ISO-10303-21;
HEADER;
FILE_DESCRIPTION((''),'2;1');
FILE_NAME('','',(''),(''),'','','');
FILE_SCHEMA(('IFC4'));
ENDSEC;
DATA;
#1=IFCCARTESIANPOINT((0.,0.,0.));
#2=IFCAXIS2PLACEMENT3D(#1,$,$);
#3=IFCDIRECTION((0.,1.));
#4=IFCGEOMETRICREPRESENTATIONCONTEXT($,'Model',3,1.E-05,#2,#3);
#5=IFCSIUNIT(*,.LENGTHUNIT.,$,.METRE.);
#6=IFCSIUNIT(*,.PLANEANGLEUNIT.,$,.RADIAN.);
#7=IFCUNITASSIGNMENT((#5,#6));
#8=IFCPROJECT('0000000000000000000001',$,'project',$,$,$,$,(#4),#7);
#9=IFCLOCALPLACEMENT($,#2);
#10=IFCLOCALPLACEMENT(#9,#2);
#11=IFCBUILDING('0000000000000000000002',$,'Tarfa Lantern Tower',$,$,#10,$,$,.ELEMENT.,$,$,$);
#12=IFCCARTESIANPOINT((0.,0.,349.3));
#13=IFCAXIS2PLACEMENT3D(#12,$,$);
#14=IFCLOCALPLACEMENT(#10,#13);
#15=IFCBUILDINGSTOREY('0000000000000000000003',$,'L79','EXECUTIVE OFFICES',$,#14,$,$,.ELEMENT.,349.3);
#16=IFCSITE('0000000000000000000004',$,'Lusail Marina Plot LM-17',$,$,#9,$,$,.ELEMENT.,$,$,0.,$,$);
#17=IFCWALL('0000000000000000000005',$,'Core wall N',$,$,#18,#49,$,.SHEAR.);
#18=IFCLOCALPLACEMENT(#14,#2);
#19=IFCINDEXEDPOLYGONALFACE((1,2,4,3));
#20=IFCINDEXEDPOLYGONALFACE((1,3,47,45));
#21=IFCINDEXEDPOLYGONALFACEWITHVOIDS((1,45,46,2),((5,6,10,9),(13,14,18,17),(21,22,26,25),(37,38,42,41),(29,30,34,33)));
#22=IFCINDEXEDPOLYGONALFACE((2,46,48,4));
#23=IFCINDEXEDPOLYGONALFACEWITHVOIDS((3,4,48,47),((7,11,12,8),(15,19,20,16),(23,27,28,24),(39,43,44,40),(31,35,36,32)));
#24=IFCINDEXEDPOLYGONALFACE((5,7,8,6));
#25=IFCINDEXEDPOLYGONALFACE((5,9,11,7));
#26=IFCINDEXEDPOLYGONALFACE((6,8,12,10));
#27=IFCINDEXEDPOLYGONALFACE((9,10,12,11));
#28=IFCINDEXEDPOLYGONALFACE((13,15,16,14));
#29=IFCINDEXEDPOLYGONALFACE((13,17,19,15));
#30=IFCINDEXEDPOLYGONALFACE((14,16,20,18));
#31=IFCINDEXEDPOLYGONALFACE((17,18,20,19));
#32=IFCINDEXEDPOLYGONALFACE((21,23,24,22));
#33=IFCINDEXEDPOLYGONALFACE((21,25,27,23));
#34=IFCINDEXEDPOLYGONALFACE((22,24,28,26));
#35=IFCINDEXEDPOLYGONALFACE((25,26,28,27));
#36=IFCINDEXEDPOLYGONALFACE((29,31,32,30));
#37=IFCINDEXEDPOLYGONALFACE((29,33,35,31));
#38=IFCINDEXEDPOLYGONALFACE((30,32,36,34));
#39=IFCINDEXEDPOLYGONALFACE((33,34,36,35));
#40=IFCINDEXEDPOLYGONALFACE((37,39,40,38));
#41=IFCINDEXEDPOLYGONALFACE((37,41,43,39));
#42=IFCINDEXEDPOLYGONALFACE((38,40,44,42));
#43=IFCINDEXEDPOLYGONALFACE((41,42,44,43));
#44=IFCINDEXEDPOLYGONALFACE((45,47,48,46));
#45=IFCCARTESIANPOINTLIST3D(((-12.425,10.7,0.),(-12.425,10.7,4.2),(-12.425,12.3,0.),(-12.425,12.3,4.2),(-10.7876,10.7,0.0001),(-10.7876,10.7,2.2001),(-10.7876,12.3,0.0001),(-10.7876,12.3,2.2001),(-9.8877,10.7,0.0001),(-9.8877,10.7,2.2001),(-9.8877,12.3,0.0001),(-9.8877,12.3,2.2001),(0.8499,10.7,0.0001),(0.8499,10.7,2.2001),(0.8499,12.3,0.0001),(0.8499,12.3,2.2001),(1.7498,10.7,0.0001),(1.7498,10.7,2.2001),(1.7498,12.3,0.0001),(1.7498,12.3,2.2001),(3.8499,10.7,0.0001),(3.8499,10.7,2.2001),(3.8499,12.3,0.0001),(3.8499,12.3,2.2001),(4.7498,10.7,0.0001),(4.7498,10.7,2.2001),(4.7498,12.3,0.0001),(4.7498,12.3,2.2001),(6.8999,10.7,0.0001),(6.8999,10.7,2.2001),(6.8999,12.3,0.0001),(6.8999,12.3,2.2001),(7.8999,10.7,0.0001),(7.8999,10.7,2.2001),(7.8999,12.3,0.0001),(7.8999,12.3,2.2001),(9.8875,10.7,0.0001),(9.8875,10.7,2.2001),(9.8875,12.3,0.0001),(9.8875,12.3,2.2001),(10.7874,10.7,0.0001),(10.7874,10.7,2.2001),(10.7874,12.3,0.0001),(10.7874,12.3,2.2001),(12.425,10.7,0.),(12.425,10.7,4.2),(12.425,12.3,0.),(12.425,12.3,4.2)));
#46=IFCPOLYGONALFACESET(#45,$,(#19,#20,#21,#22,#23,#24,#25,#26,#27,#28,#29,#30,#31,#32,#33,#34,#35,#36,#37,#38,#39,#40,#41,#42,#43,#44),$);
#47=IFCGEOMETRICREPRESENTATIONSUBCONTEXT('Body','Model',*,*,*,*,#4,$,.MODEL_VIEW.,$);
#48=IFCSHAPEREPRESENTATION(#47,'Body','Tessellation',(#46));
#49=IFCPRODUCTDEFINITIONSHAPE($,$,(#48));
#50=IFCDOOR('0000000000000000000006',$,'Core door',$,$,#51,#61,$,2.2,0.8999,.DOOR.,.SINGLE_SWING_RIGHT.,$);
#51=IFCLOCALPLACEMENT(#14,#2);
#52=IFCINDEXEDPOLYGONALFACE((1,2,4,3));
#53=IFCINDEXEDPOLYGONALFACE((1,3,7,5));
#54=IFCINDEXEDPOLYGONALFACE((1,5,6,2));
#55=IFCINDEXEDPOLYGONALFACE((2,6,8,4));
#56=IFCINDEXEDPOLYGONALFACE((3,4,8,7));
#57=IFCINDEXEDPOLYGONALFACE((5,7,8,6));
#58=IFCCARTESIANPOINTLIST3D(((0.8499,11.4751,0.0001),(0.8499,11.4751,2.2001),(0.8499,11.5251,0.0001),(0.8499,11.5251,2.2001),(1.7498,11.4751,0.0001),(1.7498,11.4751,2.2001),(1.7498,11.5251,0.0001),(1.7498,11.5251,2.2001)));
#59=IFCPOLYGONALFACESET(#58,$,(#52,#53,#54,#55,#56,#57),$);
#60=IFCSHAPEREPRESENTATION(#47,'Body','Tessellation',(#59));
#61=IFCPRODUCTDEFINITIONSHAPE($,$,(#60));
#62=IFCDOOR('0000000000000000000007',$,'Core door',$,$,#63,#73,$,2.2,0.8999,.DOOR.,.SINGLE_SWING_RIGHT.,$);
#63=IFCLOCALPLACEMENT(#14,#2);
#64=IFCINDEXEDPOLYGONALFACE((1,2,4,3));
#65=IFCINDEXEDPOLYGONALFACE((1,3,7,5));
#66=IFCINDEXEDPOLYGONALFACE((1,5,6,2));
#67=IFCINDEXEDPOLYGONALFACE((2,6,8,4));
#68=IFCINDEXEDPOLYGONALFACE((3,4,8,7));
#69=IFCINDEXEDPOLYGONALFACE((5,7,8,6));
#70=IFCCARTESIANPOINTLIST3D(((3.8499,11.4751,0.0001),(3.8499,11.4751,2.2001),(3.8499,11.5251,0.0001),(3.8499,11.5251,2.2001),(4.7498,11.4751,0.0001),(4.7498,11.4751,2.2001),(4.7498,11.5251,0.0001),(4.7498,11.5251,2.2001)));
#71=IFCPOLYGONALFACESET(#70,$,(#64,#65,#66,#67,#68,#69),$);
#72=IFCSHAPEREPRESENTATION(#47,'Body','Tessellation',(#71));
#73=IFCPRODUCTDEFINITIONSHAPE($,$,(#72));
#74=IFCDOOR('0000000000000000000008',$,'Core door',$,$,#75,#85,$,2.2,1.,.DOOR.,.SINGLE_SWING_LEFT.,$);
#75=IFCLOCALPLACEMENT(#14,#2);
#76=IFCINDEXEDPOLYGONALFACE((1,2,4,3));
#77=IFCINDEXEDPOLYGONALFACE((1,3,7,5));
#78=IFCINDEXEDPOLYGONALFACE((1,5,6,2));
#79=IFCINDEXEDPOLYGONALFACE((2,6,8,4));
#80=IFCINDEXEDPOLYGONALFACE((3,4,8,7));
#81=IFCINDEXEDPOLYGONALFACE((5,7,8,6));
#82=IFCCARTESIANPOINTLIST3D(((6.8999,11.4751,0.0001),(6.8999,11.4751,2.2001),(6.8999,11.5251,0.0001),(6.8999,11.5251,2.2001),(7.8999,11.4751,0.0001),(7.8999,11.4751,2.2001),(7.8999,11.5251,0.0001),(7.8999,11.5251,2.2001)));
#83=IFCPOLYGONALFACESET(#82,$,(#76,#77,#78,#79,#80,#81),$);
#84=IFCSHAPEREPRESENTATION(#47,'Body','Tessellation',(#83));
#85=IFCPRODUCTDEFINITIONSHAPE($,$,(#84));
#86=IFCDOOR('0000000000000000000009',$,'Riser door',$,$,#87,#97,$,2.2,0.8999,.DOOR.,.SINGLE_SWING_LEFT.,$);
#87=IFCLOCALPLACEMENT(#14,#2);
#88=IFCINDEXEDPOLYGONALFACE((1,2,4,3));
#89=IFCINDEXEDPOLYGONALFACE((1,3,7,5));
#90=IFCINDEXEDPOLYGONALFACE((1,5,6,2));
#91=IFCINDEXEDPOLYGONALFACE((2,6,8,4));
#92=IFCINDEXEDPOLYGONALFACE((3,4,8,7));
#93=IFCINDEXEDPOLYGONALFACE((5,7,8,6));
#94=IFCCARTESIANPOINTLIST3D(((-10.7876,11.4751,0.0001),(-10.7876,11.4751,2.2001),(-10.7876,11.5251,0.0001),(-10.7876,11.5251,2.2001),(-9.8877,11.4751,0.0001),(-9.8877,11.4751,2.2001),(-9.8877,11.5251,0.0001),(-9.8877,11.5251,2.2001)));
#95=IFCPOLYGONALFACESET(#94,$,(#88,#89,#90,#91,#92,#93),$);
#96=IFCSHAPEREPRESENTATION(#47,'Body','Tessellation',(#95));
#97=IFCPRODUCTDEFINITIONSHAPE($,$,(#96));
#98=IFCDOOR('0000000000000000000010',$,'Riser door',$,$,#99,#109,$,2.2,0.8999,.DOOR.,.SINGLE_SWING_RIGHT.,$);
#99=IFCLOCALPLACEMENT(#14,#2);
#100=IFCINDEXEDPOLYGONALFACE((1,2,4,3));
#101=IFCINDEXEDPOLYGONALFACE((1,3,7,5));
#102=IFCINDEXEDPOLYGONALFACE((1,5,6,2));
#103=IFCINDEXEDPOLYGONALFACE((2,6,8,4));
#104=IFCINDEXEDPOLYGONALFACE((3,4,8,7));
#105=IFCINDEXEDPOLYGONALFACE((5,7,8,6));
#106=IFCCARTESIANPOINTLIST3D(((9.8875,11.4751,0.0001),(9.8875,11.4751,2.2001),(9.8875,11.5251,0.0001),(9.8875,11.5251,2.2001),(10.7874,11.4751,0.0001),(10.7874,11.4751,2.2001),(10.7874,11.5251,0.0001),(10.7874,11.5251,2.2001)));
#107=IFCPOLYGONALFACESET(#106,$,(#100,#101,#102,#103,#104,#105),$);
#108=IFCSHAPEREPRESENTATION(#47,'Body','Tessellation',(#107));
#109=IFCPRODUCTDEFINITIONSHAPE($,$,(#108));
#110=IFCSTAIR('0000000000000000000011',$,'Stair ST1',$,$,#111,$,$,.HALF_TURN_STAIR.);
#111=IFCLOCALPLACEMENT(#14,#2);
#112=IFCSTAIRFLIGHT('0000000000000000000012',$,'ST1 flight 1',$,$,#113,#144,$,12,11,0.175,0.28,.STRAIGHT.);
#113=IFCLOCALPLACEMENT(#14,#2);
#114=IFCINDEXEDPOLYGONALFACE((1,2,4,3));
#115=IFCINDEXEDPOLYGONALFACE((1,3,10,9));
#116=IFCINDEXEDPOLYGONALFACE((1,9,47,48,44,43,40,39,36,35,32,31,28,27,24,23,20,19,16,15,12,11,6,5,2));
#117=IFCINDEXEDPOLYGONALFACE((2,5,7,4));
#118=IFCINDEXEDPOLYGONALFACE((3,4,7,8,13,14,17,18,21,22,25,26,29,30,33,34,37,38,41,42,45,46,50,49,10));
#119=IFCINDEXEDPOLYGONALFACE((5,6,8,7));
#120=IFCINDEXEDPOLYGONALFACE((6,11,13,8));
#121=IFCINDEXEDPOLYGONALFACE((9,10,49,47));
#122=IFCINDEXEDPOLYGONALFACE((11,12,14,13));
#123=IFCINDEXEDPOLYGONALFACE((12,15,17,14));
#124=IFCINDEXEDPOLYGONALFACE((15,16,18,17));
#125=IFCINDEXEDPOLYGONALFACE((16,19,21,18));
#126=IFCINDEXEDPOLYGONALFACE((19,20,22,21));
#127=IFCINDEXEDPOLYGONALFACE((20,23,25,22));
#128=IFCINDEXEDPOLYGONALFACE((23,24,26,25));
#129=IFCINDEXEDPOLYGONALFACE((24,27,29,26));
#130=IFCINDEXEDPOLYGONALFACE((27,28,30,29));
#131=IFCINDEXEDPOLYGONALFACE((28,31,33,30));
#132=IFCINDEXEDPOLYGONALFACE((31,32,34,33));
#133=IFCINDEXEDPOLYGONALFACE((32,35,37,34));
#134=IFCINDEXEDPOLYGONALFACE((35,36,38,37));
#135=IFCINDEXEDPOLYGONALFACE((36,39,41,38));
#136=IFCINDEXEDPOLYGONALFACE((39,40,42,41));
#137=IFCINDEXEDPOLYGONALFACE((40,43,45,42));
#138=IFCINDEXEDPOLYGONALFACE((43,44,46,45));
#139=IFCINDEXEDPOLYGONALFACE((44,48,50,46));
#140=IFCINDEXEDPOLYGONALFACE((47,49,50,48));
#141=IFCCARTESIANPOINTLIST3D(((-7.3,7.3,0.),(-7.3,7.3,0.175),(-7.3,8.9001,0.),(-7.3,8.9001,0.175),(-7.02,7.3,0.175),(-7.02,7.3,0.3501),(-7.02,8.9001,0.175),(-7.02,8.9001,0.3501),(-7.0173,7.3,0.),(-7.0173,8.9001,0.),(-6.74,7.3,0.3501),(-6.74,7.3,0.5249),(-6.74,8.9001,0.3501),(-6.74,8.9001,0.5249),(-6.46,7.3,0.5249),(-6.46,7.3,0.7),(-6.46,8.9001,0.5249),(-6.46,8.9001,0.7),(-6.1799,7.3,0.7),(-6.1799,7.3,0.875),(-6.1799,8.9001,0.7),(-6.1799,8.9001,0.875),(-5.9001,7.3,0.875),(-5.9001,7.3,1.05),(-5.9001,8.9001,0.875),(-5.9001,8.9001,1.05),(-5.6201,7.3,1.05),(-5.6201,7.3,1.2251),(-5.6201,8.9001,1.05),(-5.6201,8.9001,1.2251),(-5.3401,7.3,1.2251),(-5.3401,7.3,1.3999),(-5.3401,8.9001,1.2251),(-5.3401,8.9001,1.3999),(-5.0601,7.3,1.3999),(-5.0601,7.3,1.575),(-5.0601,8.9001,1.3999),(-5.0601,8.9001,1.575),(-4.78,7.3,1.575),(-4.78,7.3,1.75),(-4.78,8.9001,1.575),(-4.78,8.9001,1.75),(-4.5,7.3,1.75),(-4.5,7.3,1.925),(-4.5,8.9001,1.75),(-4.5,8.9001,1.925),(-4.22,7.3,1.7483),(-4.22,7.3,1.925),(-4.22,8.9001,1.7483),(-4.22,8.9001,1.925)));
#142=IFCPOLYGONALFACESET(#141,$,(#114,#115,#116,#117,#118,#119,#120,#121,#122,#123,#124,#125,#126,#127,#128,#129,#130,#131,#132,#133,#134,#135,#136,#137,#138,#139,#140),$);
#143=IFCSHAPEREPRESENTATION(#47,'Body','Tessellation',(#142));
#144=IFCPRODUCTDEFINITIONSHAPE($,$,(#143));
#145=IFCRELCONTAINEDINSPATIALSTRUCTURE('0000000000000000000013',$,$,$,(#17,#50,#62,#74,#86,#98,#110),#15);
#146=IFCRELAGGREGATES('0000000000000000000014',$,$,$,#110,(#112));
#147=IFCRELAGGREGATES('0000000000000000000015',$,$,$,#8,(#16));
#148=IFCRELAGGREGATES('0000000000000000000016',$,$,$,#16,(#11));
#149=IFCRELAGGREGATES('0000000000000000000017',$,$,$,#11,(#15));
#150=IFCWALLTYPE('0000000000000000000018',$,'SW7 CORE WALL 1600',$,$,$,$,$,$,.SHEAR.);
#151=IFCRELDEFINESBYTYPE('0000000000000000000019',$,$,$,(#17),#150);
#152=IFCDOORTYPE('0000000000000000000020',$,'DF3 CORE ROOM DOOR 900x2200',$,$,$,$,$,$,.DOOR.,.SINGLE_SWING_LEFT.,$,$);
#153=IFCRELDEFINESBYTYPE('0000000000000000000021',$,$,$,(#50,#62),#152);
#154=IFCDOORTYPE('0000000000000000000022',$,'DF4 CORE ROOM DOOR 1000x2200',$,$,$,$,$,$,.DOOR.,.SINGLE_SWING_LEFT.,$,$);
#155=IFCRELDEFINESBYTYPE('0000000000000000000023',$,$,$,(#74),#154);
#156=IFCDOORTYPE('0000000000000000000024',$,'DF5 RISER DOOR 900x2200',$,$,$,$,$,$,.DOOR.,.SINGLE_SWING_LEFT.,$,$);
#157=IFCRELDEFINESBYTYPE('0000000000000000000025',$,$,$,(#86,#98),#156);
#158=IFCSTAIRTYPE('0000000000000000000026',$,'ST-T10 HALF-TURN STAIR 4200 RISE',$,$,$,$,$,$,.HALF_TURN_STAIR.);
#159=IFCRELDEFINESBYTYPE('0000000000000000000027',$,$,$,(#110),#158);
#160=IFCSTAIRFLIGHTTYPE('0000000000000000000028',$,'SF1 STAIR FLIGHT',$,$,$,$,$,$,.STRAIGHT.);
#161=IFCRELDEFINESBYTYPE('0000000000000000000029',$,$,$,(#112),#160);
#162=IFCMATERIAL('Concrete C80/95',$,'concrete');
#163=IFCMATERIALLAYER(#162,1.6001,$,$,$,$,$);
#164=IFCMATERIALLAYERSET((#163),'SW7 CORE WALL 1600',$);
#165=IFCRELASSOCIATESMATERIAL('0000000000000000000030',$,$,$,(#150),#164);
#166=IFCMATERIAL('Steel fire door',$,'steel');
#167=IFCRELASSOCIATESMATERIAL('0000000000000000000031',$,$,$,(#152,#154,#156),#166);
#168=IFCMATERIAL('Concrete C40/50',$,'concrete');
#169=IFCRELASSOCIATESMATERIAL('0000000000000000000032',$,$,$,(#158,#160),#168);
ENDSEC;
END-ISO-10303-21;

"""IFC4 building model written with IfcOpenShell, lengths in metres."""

from ifc_helpers import new_model, si_unit, direction, frame, frame_2d, origin, place, context, subcontext, project, spatial, polyline, rectangle, outline, extrude, material, layer, layer_set, type_object, element, fill, aggregate, save


model = new_model("IFC4")

# Units and contexts
model_context = context("Model", 3, precision=1e-05, world=origin(), true_north=direction((0.0, 1.0)))
body_context = subcontext(model_context, "Body", "Model", "MODEL_VIEW")
ifc_project = project(units=[si_unit("LENGTHUNIT", "METRE"), si_unit("PLANEANGLEUNIT", "RADIAN")], contexts=[model_context])

# Site, building, storey
site_placement = place(None, origin())
site = spatial("IfcSite", under=ifc_project, at=site_placement, Name="Lusail Marina Plot LM-17", CompositionType="ELEMENT", RefElevation=0.0)
building_placement = place(site_placement, origin())
building = spatial("IfcBuilding", under=site, at=building_placement, Name="Tarfa Lantern Tower", CompositionType="ELEMENT")
storey_placement = place(building_placement, frame((0.0, 0.0, 349.3)))
storey = spatial("IfcBuildingStorey", under=building, at=storey_placement, Name="L79", Description="EXECUTIVE OFFICES", CompositionType="ELEMENT", Elevation=349.3)

# Shared definitions
ifc_material_1 = material(Name="Concrete C80/95", Category="concrete")
ifc_material_2 = material(Name="Steel fire door", Category="steel")

# Wall, openings, doors
ifc_layer_1 = layer(ifc_material_1, 1.6001)
ifc_layer_set_1 = layer_set([ifc_layer_1], Name="SW7 CORE WALL 1600")
wall_type_1 = type_object("IfcWallType", Name="SW7 CORE WALL 1600", PredefinedType="SHEAR", material=ifc_layer_set_1)
wall_1_placement = place(storey_placement, frame((-12.425, 11.5, 0.0), z_axis=(0.0, 0.0, 1.0), x_axis=(1.0, 0.0, 0.0)))
wall_1 = element("IfcWall", 1, at=wall_1_placement, inside=storey, type_object=wall_type_1, Name="Core wall N", PredefinedType="SHEAR", context=body_context, shape_type="SweptSolid", body=[
    extrude(rectangle(XDim=24.8501, YDim=1.6001, at=frame_2d((12.425, 0.0))), origin(), (0.0, 0.0, 1.0), 4.2),
])
opening_1_placement = place(wall_1_placement, frame((13.2749, 0.0, 0.0)))
opening_1 = element("IfcOpeningElement", 2, at=opening_1_placement, cuts=wall_1, PredefinedType="OPENING", context=body_context, shape_type="SweptSolid", body=[
    extrude(rectangle(XDim=0.8999, YDim=2.2, at=frame_2d((0.45, 1.1001))), frame((0.0, 0.8101, 0.0), z_axis=(0.0, -1.0, 0.0), x_axis=(1.0, 0.0, 0.0)), (0.0, 0.0, 1.0), 1.6201),
])
opening_2_placement = place(wall_1_placement, frame((16.2749, 0.0, 0.0)))
opening_2 = element("IfcOpeningElement", 3, at=opening_2_placement, cuts=wall_1, PredefinedType="OPENING", context=body_context, shape_type="SweptSolid", body=[
    extrude(rectangle(XDim=0.8999, YDim=2.2, at=frame_2d((0.45, 1.1001))), frame((0.0, 0.8101, 0.0), z_axis=(0.0, -1.0, 0.0), x_axis=(1.0, 0.0, 0.0)), (0.0, 0.0, 1.0), 1.6201),
])
opening_3_placement = place(wall_1_placement, frame((19.325, 0.0, 0.0)))
opening_3 = element("IfcOpeningElement", 4, at=opening_3_placement, cuts=wall_1, PredefinedType="OPENING", context=body_context, shape_type="SweptSolid", body=[
    extrude(rectangle(XDim=1.0, YDim=2.2, at=frame_2d((0.5, 1.1001))), frame((0.0, 0.8101, 0.0), z_axis=(0.0, -1.0, 0.0), x_axis=(1.0, 0.0, 0.0)), (0.0, 0.0, 1.0), 1.6201),
])
opening_4_placement = place(wall_1_placement, frame((1.6375, 0.0, 0.0)))
opening_4 = element("IfcOpeningElement", 5, at=opening_4_placement, cuts=wall_1, PredefinedType="OPENING", context=body_context, shape_type="SweptSolid", body=[
    extrude(rectangle(XDim=0.8999, YDim=2.2, at=frame_2d((0.45, 1.1001))), frame((0.0, 0.8101, 0.0), z_axis=(0.0, -1.0, 0.0), x_axis=(1.0, 0.0, 0.0)), (0.0, 0.0, 1.0), 1.6201),
])
opening_5_placement = place(wall_1_placement, frame((22.3125, 0.0, 0.0)))
opening_5 = element("IfcOpeningElement", 6, at=opening_5_placement, cuts=wall_1, PredefinedType="OPENING", context=body_context, shape_type="SweptSolid", body=[
    extrude(rectangle(XDim=0.8999, YDim=2.2, at=frame_2d((0.45, 1.1001))), frame((0.0, 0.8101, 0.0), z_axis=(0.0, -1.0, 0.0), x_axis=(1.0, 0.0, 0.0)), (0.0, 0.0, 1.0), 1.6201),
])
door_type_1 = type_object("IfcDoorType", Name="DF3 CORE ROOM DOOR 900x2200", OperationType="SINGLE_SWING_LEFT", PredefinedType="DOOR", material=ifc_material_2)
door_1_placement = place(opening_1_placement, frame((0.8999, 0.0, 0.0), z_axis=(0.0, 0.0, 1.0), x_axis=(-1.0, 0.0, 0.0)))
door_1 = element("IfcDoor", 7, at=door_1_placement, inside=storey, type_object=door_type_1, Name="Core door", OperationType="SINGLE_SWING_RIGHT", OverallHeight=2.2, OverallWidth=0.8999, PredefinedType="DOOR", context=body_context, shape_type="SweptSolid", body=[
    extrude(rectangle(XDim=0.8999, YDim=2.2, at=frame_2d((0.45, 1.1001))), frame((0.0, 0.0249, 0.0), z_axis=(0.0, -1.0, 0.0), x_axis=(1.0, 0.0, 0.0)), (0.0, 0.0, 1.0), 0.05),
])
fill(opening_1, door_1)
door_2_placement = place(opening_2_placement, frame((0.8999, 0.0, 0.0), z_axis=(0.0, 0.0, 1.0), x_axis=(-1.0, 0.0, 0.0)))
door_2 = element("IfcDoor", 8, at=door_2_placement, inside=storey, type_object=door_type_1, Name="Core door", OperationType="SINGLE_SWING_RIGHT", OverallHeight=2.2, OverallWidth=0.8999, PredefinedType="DOOR", context=body_context, shape_type="SweptSolid", body=[
    extrude(rectangle(XDim=0.8999, YDim=2.2, at=frame_2d((0.45, 1.1001))), frame((0.0, 0.0249, 0.0), z_axis=(0.0, -1.0, 0.0), x_axis=(1.0, 0.0, 0.0)), (0.0, 0.0, 1.0), 0.05),
])
fill(opening_2, door_2)
door_type_2 = type_object("IfcDoorType", Name="DF4 CORE ROOM DOOR 1000x2200", OperationType="SINGLE_SWING_LEFT", PredefinedType="DOOR", material=ifc_material_2)
door_3_placement = place(opening_3_placement, frame((1.0, 0.0, 0.0), z_axis=(0.0, 0.0, 1.0), x_axis=(-1.0, 0.0, 0.0)))
door_3 = element("IfcDoor", 9, at=door_3_placement, inside=storey, type_object=door_type_2, Name="Core door", OperationType="SINGLE_SWING_LEFT", OverallHeight=2.2, OverallWidth=1.0, PredefinedType="DOOR", context=body_context, shape_type="SweptSolid", body=[
    extrude(rectangle(XDim=1.0, YDim=2.2, at=frame_2d((0.5, 1.1001))), frame((0.0, 0.0249, 0.0), z_axis=(0.0, -1.0, 0.0), x_axis=(1.0, 0.0, 0.0)), (0.0, 0.0, 1.0), 0.05),
])
fill(opening_3, door_3)
door_type_3 = type_object("IfcDoorType", Name="DF5 RISER DOOR 900x2200", OperationType="SINGLE_SWING_LEFT", PredefinedType="DOOR", material=ifc_material_2)
door_4_placement = place(opening_4_placement, frame((0.8999, 0.0, 0.0), z_axis=(0.0, 0.0, 1.0), x_axis=(-1.0, 0.0, 0.0)))
door_4 = element("IfcDoor", 10, at=door_4_placement, inside=storey, type_object=door_type_3, Name="Riser door", OperationType="SINGLE_SWING_LEFT", OverallHeight=2.2, OverallWidth=0.8999, PredefinedType="DOOR", context=body_context, shape_type="SweptSolid", body=[
    extrude(rectangle(XDim=0.8999, YDim=2.2, at=frame_2d((0.45, 1.1001))), frame((0.0, 0.0249, 0.0), z_axis=(0.0, -1.0, 0.0), x_axis=(1.0, 0.0, 0.0)), (0.0, 0.0, 1.0), 0.05),
])
fill(opening_4, door_4)
door_5_placement = place(opening_5_placement, frame((0.8999, 0.0, 0.0), z_axis=(0.0, 0.0, 1.0), x_axis=(-1.0, 0.0, 0.0)))
door_5 = element("IfcDoor", 11, at=door_5_placement, inside=storey, type_object=door_type_3, Name="Riser door", OperationType="SINGLE_SWING_RIGHT", OverallHeight=2.2, OverallWidth=0.8999, PredefinedType="DOOR", context=body_context, shape_type="SweptSolid", body=[
    extrude(rectangle(XDim=0.8999, YDim=2.2, at=frame_2d((0.45, 1.1001))), frame((0.0, 0.0249, 0.0), z_axis=(0.0, -1.0, 0.0), x_axis=(1.0, 0.0, 0.0)), (0.0, 0.0, 1.0), 0.05),
])
fill(opening_5, door_5)

# Stair, stair flight
ifc_material_3 = material(Name="Concrete C40/50", Category="concrete")
stair_type = type_object("IfcStairType", Name="ST-T10 HALF-TURN STAIR 4200 RISE", PredefinedType="HALF_TURN_STAIR", material=ifc_material_3)
stair_placement = place(storey_placement, origin())
stair = element("IfcStair", 12, at=stair_placement, inside=storey, type_object=stair_type, Name="Stair ST1", PredefinedType="HALF_TURN_STAIR")
stair_flight_type = type_object("IfcStairFlightType", Name="SF1 STAIR FLIGHT", PredefinedType="STRAIGHT", material=ifc_material_3)
stair_flight_1_placement = place(storey_placement, frame((-7.3, 8.1001, 0.0), z_axis=(0.0, 0.0, 1.0), x_axis=(1.0, 0.0, 0.0)))
stair_flight_1 = element("IfcStairFlight", 13, at=stair_flight_1_placement, type_object=stair_flight_type, Name="ST1 flight 1", NumberOfRisers=12, NumberOfTreads=11, PredefinedType="STRAIGHT", RiserHeight=0.175, TreadLength=0.28, context=body_context, shape_type="SweptSolid", body=[
    extrude(outline(polyline([(0.0, 0.0), (0.0, 0.175), (0.28, 0.175), (0.28, 0.3501), (0.5601, 0.3501), (0.5601, 0.5249), (0.8401, 0.5249), (0.8401, 0.7), (1.1201, 0.7), (1.1201, 0.875), (1.3999, 0.875), (1.3999, 1.05), (1.6799, 1.05), (1.6799, 1.2251), (1.96, 1.2251), (1.96, 1.3999), (2.24, 1.3999), (2.24, 1.575), (2.52, 1.575), (2.52, 1.75), (2.8, 1.75), (2.8, 1.925), (3.0801, 1.925), (3.0801, 2.1001), (3.0801, 1.7483), (0.2827, 0.0), (0.0, 0.0)])), frame((0.0, 0.8, 0.0), z_axis=(0.0, -1.0, 0.0), x_axis=(1.0, 0.0, 0.0)), (0.0, 0.0, 1.0), 1.6001),
])
aggregate(stair, [stair_flight_1])

save(model, "model.ifc")
